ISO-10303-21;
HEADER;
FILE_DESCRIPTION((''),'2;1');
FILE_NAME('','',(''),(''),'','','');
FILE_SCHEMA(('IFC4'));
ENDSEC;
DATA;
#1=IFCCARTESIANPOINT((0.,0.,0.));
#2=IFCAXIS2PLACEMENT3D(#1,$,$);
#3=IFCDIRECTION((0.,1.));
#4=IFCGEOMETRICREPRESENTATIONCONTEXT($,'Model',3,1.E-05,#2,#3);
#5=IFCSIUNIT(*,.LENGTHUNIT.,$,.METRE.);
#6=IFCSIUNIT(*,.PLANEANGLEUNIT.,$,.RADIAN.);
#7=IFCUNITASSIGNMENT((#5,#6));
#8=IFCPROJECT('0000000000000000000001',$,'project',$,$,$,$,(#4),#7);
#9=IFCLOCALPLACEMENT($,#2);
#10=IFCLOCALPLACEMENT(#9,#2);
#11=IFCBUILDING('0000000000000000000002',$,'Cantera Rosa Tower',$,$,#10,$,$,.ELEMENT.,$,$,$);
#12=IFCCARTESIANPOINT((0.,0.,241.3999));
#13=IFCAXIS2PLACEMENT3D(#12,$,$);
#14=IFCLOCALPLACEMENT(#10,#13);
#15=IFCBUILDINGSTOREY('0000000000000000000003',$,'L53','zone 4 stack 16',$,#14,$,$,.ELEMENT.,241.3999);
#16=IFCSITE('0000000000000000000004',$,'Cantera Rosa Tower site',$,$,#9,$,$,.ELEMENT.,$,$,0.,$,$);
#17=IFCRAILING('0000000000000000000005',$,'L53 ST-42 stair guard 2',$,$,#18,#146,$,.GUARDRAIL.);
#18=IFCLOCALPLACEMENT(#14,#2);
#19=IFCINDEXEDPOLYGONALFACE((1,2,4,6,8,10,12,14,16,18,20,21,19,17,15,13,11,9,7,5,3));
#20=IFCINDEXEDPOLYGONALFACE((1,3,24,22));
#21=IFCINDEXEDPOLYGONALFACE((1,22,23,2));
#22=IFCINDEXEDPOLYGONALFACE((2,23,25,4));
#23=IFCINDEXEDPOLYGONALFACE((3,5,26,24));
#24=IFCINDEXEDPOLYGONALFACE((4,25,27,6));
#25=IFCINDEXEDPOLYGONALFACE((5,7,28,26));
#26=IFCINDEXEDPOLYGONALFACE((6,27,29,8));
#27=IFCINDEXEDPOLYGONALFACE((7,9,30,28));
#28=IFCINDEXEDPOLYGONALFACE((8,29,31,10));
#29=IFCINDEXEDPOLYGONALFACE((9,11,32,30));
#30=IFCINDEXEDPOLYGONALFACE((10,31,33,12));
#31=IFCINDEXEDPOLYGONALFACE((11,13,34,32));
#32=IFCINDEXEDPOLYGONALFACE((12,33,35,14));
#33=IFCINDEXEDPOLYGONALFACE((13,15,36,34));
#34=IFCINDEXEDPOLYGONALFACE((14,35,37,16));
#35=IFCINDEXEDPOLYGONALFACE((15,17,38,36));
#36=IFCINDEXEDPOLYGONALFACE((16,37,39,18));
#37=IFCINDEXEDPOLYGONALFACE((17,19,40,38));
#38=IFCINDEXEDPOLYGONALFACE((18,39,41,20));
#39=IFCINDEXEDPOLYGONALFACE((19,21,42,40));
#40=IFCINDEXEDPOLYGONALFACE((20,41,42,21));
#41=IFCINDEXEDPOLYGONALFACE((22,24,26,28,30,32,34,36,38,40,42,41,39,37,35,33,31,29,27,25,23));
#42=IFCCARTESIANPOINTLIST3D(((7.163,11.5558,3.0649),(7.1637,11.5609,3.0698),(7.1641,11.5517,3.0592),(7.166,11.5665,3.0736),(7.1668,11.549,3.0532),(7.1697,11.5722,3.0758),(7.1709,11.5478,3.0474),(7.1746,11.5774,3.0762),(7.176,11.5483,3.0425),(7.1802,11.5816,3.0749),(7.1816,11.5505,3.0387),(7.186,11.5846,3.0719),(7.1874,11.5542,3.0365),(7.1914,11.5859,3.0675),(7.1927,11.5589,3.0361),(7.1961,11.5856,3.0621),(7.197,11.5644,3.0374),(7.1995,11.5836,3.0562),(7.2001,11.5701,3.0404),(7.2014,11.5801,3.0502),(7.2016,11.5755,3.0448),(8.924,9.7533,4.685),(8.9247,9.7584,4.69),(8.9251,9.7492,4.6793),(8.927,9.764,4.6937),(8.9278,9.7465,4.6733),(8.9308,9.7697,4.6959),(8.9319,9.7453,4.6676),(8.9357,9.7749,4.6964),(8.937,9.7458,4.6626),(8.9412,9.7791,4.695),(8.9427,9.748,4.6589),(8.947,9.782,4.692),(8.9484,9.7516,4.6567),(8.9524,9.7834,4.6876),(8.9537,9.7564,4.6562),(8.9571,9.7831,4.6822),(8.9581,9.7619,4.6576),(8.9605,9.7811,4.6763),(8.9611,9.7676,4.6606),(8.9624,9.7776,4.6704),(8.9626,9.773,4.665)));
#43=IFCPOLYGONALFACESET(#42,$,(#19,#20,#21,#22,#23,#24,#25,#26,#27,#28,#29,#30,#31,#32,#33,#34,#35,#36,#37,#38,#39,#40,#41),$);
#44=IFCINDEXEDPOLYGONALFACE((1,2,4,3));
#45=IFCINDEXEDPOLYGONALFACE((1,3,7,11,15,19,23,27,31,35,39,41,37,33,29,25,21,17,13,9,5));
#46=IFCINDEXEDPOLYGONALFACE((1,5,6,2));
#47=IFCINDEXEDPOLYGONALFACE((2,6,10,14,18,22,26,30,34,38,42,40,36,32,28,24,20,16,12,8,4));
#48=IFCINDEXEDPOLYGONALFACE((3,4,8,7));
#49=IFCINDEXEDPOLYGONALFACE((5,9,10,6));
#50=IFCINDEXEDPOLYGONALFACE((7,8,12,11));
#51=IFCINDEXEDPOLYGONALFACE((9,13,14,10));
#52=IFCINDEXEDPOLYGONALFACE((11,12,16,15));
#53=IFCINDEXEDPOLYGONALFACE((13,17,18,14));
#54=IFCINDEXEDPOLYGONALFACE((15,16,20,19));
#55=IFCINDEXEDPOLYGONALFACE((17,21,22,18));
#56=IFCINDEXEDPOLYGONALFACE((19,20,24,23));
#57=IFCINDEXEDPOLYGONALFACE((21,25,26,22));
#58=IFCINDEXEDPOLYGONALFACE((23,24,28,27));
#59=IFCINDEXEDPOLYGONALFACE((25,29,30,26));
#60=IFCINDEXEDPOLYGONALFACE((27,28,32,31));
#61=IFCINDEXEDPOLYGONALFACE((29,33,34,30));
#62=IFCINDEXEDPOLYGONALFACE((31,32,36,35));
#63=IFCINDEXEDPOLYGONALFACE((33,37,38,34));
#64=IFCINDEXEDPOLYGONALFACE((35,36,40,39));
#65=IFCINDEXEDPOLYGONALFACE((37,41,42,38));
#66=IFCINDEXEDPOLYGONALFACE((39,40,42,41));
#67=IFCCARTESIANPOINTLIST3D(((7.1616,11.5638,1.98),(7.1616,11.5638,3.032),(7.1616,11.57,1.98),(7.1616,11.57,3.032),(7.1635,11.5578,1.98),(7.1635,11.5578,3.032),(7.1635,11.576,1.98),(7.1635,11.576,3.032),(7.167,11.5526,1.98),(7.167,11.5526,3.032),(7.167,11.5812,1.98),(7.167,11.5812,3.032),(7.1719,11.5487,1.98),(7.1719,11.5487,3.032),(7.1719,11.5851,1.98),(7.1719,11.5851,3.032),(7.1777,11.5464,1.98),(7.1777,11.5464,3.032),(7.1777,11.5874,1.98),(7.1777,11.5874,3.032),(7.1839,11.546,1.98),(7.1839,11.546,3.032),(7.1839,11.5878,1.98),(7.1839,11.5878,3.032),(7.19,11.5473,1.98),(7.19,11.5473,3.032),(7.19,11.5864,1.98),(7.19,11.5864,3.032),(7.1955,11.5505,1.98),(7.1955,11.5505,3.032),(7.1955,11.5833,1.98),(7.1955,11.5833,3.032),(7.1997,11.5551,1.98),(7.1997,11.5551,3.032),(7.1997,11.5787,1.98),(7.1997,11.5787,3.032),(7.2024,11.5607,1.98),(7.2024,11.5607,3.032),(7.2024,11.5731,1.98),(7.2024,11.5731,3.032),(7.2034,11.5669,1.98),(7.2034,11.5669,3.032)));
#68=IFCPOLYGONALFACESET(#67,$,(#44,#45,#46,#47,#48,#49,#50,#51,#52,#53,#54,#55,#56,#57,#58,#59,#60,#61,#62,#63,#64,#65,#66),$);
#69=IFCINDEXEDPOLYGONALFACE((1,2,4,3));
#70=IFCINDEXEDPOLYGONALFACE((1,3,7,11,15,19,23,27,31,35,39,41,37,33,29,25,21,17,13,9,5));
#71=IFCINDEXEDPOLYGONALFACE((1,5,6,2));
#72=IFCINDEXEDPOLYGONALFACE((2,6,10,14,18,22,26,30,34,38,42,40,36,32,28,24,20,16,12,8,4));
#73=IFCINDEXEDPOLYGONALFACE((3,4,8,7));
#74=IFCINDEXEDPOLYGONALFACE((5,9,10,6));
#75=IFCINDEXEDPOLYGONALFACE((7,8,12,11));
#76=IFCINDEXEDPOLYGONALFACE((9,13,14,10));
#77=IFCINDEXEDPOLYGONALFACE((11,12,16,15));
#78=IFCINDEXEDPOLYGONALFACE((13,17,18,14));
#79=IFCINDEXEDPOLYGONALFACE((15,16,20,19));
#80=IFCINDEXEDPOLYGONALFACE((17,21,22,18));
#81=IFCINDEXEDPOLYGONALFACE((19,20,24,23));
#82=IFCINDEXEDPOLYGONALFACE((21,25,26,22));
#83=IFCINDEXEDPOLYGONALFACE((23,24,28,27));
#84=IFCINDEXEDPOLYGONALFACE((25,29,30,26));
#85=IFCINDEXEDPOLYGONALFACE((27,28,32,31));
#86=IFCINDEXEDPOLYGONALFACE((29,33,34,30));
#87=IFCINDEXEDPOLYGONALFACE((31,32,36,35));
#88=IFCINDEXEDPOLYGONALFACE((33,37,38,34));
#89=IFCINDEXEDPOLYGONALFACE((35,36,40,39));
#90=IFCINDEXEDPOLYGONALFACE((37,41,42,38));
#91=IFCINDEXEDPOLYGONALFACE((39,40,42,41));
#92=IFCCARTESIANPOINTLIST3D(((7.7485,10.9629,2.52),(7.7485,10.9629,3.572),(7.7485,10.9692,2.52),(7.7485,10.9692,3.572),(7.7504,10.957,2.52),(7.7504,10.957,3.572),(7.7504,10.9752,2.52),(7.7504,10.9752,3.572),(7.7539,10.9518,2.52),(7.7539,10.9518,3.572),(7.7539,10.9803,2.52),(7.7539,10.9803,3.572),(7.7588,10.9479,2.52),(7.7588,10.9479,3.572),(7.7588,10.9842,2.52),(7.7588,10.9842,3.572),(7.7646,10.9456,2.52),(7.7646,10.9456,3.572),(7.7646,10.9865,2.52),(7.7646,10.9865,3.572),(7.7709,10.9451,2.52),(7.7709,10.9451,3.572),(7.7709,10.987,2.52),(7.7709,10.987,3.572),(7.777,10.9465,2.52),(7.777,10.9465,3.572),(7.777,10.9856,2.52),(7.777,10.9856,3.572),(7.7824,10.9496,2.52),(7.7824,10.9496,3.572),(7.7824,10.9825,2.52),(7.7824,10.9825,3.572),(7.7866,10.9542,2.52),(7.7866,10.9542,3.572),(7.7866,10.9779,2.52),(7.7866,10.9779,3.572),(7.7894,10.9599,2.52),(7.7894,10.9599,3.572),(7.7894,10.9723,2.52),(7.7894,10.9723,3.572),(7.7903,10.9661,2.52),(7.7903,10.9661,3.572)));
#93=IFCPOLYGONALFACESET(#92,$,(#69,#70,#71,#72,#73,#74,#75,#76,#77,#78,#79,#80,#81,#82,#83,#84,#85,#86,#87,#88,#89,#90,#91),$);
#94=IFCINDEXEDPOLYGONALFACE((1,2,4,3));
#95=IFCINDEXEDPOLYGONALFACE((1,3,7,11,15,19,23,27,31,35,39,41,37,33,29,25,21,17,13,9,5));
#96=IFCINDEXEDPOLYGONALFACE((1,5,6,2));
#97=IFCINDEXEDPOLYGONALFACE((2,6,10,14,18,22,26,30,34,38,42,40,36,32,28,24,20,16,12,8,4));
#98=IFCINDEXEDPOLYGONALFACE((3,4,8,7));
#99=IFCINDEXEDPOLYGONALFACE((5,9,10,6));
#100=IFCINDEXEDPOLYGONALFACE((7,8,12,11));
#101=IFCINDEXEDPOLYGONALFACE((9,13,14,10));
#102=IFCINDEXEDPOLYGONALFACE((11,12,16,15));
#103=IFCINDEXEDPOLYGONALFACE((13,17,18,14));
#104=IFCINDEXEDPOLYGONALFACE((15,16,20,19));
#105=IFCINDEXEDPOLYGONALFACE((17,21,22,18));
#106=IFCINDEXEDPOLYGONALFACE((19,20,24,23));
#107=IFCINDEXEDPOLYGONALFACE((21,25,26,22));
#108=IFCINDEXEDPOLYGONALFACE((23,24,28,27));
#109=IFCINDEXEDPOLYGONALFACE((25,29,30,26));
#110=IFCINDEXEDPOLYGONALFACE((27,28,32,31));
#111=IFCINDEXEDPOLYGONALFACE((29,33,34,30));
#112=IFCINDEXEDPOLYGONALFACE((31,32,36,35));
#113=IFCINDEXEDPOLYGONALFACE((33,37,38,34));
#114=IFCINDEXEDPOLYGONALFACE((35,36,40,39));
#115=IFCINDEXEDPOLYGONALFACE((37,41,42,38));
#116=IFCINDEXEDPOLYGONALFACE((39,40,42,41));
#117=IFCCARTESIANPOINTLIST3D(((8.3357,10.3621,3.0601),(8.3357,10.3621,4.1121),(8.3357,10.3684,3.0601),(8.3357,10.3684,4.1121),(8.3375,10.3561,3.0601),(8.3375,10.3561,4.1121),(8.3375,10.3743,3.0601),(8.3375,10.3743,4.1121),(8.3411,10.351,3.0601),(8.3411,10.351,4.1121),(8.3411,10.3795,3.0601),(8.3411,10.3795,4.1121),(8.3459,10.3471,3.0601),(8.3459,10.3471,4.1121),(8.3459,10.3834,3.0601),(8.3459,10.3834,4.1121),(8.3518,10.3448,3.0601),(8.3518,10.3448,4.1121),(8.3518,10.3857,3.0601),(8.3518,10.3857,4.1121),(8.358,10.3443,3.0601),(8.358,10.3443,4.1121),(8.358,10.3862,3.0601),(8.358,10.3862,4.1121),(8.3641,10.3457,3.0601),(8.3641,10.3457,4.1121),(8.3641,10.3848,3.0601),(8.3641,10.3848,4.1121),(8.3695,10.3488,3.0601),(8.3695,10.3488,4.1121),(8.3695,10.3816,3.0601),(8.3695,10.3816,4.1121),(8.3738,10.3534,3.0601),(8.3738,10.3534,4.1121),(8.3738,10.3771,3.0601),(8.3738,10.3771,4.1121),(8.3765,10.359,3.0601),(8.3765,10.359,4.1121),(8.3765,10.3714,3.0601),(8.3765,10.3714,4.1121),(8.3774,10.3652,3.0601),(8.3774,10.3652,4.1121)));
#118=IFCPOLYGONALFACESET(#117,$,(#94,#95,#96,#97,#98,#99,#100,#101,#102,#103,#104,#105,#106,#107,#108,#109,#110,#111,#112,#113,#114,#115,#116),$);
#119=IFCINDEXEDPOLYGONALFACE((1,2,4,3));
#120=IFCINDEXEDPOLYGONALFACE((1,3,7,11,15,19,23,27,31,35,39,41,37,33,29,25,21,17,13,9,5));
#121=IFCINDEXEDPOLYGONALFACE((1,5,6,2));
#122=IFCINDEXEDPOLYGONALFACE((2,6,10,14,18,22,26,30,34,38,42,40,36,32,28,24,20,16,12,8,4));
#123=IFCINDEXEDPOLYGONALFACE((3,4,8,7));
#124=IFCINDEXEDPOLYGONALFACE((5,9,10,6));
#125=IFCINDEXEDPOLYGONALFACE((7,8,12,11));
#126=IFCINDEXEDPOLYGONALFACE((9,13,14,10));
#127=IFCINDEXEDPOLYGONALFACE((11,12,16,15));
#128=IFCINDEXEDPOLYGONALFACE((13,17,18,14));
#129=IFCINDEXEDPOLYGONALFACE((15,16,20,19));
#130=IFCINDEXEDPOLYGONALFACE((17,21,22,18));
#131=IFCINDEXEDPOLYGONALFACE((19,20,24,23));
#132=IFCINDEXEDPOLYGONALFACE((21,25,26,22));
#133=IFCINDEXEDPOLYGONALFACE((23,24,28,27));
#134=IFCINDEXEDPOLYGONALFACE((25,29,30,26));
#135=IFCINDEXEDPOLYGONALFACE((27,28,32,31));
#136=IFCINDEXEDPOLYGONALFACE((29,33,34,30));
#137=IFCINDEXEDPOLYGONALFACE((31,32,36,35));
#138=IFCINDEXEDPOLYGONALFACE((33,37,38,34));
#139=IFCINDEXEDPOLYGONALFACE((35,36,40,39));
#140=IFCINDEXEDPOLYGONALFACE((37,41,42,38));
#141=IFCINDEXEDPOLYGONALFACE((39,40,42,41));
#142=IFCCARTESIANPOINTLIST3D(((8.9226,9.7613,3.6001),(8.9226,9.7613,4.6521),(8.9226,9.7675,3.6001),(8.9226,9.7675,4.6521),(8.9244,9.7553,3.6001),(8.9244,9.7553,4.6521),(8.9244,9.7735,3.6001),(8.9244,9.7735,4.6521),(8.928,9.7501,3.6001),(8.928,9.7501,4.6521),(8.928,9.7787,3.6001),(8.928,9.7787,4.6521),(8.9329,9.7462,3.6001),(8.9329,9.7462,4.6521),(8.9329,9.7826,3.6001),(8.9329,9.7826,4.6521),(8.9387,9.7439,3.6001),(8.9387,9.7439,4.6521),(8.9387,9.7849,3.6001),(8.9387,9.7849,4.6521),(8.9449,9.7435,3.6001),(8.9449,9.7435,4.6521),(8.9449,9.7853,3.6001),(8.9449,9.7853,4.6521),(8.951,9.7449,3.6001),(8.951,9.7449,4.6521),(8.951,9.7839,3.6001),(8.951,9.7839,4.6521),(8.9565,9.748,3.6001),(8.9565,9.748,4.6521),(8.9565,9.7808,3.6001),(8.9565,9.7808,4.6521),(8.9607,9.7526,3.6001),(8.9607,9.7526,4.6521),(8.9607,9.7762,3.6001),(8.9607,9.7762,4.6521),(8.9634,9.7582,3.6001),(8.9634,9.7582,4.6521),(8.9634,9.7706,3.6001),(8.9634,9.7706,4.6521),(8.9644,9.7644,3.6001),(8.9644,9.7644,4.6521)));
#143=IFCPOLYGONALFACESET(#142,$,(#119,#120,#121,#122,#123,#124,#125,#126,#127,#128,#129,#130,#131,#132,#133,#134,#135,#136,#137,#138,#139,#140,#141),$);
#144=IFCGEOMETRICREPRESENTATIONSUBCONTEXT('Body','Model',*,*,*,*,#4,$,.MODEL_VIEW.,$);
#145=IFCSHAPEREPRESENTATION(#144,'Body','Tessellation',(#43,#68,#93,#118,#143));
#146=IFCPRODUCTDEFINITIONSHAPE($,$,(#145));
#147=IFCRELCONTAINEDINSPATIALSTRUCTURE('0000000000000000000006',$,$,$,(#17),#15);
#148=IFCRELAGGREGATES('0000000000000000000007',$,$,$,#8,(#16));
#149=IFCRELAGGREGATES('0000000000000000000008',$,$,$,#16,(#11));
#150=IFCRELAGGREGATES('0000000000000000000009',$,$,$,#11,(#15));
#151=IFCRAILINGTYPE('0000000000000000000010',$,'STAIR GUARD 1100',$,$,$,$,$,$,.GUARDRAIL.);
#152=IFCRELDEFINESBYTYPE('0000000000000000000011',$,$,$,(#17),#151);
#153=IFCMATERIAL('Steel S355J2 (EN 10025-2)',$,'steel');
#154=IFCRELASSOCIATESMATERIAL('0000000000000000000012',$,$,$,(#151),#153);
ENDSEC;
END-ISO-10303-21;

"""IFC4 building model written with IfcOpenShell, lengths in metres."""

from ifc_helpers import new_model, si_unit, direction, frame, origin, origin_2d, place, context, subcontext, project, spatial, circle, extrude, material, type_object, element, save


model = new_model("IFC4")

# Units and contexts
model_context = context("Model", 3, precision=1e-05, world=origin(), true_north=direction((0.0, 1.0)))
body_context = subcontext(model_context, "Body", "Model", "MODEL_VIEW")
ifc_project = project(units=[si_unit("LENGTHUNIT", "METRE"), si_unit("PLANEANGLEUNIT", "RADIAN")], contexts=[model_context])

# Site, building, storey
site_placement = place(None, origin())
site = spatial("IfcSite", under=ifc_project, at=site_placement, Name="Cantera Rosa Tower site", CompositionType="ELEMENT", RefElevation=0.0)
building_placement = place(site_placement, origin())
building = spatial("IfcBuilding", under=site, at=building_placement, Name="Cantera Rosa Tower", CompositionType="ELEMENT")
storey_placement = place(building_placement, frame((0.0, 0.0, 241.3999)))
storey = spatial("IfcBuildingStorey", under=building, at=storey_placement, Name="L53", Description="zone 4 stack 16", CompositionType="ELEMENT", Elevation=241.3999)

# Railing
ifc_material_1 = material(Name="Steel S355J2 (EN 10025-2)", Category="steel")
railing_type_1 = type_object("IfcRailingType", Name="STAIR GUARD 1100", PredefinedType="GUARDRAIL", material=ifc_material_1)
railing_1_placement = place(storey_placement, frame((7.1824, 11.5669, 1.98)))
element("IfcRailing", 1, at=railing_1_placement, inside=storey, type_object=railing_type_1, Name="L53 ST-42 stair guard 2", PredefinedType="GUARDRAIL", context=body_context, shape_type="SweptSolid", body=[
    extrude(circle(Radius=0.0239, at=origin_2d()), frame((0.0, 0.0, 1.0762), z_axis=(0.587818, -0.601672, 0.540796), x_axis=(0.715294, 0.698824, 0.0)), (0.0, 0.0, 1.0), 2.9958),
    extrude(circle(Radius=0.021, at=origin_2d()), origin(), (0.0, 0.0, 1.0), 1.052),
    extrude(circle(Radius=0.021, at=origin_2d()), frame((0.5869, -0.6008, 0.54)), (0.0, 0.0, 1.0), 1.052),
    extrude(circle(Radius=0.021, at=origin_2d()), frame((1.1741, -1.2017, 1.0801)), (0.0, 0.0, 1.0), 1.052),
    extrude(circle(Radius=0.021, at=origin_2d()), frame((1.761, -1.8025, 1.6201)), (0.0, 0.0, 1.0), 1.052),
])

save(model, "model.ifc")
